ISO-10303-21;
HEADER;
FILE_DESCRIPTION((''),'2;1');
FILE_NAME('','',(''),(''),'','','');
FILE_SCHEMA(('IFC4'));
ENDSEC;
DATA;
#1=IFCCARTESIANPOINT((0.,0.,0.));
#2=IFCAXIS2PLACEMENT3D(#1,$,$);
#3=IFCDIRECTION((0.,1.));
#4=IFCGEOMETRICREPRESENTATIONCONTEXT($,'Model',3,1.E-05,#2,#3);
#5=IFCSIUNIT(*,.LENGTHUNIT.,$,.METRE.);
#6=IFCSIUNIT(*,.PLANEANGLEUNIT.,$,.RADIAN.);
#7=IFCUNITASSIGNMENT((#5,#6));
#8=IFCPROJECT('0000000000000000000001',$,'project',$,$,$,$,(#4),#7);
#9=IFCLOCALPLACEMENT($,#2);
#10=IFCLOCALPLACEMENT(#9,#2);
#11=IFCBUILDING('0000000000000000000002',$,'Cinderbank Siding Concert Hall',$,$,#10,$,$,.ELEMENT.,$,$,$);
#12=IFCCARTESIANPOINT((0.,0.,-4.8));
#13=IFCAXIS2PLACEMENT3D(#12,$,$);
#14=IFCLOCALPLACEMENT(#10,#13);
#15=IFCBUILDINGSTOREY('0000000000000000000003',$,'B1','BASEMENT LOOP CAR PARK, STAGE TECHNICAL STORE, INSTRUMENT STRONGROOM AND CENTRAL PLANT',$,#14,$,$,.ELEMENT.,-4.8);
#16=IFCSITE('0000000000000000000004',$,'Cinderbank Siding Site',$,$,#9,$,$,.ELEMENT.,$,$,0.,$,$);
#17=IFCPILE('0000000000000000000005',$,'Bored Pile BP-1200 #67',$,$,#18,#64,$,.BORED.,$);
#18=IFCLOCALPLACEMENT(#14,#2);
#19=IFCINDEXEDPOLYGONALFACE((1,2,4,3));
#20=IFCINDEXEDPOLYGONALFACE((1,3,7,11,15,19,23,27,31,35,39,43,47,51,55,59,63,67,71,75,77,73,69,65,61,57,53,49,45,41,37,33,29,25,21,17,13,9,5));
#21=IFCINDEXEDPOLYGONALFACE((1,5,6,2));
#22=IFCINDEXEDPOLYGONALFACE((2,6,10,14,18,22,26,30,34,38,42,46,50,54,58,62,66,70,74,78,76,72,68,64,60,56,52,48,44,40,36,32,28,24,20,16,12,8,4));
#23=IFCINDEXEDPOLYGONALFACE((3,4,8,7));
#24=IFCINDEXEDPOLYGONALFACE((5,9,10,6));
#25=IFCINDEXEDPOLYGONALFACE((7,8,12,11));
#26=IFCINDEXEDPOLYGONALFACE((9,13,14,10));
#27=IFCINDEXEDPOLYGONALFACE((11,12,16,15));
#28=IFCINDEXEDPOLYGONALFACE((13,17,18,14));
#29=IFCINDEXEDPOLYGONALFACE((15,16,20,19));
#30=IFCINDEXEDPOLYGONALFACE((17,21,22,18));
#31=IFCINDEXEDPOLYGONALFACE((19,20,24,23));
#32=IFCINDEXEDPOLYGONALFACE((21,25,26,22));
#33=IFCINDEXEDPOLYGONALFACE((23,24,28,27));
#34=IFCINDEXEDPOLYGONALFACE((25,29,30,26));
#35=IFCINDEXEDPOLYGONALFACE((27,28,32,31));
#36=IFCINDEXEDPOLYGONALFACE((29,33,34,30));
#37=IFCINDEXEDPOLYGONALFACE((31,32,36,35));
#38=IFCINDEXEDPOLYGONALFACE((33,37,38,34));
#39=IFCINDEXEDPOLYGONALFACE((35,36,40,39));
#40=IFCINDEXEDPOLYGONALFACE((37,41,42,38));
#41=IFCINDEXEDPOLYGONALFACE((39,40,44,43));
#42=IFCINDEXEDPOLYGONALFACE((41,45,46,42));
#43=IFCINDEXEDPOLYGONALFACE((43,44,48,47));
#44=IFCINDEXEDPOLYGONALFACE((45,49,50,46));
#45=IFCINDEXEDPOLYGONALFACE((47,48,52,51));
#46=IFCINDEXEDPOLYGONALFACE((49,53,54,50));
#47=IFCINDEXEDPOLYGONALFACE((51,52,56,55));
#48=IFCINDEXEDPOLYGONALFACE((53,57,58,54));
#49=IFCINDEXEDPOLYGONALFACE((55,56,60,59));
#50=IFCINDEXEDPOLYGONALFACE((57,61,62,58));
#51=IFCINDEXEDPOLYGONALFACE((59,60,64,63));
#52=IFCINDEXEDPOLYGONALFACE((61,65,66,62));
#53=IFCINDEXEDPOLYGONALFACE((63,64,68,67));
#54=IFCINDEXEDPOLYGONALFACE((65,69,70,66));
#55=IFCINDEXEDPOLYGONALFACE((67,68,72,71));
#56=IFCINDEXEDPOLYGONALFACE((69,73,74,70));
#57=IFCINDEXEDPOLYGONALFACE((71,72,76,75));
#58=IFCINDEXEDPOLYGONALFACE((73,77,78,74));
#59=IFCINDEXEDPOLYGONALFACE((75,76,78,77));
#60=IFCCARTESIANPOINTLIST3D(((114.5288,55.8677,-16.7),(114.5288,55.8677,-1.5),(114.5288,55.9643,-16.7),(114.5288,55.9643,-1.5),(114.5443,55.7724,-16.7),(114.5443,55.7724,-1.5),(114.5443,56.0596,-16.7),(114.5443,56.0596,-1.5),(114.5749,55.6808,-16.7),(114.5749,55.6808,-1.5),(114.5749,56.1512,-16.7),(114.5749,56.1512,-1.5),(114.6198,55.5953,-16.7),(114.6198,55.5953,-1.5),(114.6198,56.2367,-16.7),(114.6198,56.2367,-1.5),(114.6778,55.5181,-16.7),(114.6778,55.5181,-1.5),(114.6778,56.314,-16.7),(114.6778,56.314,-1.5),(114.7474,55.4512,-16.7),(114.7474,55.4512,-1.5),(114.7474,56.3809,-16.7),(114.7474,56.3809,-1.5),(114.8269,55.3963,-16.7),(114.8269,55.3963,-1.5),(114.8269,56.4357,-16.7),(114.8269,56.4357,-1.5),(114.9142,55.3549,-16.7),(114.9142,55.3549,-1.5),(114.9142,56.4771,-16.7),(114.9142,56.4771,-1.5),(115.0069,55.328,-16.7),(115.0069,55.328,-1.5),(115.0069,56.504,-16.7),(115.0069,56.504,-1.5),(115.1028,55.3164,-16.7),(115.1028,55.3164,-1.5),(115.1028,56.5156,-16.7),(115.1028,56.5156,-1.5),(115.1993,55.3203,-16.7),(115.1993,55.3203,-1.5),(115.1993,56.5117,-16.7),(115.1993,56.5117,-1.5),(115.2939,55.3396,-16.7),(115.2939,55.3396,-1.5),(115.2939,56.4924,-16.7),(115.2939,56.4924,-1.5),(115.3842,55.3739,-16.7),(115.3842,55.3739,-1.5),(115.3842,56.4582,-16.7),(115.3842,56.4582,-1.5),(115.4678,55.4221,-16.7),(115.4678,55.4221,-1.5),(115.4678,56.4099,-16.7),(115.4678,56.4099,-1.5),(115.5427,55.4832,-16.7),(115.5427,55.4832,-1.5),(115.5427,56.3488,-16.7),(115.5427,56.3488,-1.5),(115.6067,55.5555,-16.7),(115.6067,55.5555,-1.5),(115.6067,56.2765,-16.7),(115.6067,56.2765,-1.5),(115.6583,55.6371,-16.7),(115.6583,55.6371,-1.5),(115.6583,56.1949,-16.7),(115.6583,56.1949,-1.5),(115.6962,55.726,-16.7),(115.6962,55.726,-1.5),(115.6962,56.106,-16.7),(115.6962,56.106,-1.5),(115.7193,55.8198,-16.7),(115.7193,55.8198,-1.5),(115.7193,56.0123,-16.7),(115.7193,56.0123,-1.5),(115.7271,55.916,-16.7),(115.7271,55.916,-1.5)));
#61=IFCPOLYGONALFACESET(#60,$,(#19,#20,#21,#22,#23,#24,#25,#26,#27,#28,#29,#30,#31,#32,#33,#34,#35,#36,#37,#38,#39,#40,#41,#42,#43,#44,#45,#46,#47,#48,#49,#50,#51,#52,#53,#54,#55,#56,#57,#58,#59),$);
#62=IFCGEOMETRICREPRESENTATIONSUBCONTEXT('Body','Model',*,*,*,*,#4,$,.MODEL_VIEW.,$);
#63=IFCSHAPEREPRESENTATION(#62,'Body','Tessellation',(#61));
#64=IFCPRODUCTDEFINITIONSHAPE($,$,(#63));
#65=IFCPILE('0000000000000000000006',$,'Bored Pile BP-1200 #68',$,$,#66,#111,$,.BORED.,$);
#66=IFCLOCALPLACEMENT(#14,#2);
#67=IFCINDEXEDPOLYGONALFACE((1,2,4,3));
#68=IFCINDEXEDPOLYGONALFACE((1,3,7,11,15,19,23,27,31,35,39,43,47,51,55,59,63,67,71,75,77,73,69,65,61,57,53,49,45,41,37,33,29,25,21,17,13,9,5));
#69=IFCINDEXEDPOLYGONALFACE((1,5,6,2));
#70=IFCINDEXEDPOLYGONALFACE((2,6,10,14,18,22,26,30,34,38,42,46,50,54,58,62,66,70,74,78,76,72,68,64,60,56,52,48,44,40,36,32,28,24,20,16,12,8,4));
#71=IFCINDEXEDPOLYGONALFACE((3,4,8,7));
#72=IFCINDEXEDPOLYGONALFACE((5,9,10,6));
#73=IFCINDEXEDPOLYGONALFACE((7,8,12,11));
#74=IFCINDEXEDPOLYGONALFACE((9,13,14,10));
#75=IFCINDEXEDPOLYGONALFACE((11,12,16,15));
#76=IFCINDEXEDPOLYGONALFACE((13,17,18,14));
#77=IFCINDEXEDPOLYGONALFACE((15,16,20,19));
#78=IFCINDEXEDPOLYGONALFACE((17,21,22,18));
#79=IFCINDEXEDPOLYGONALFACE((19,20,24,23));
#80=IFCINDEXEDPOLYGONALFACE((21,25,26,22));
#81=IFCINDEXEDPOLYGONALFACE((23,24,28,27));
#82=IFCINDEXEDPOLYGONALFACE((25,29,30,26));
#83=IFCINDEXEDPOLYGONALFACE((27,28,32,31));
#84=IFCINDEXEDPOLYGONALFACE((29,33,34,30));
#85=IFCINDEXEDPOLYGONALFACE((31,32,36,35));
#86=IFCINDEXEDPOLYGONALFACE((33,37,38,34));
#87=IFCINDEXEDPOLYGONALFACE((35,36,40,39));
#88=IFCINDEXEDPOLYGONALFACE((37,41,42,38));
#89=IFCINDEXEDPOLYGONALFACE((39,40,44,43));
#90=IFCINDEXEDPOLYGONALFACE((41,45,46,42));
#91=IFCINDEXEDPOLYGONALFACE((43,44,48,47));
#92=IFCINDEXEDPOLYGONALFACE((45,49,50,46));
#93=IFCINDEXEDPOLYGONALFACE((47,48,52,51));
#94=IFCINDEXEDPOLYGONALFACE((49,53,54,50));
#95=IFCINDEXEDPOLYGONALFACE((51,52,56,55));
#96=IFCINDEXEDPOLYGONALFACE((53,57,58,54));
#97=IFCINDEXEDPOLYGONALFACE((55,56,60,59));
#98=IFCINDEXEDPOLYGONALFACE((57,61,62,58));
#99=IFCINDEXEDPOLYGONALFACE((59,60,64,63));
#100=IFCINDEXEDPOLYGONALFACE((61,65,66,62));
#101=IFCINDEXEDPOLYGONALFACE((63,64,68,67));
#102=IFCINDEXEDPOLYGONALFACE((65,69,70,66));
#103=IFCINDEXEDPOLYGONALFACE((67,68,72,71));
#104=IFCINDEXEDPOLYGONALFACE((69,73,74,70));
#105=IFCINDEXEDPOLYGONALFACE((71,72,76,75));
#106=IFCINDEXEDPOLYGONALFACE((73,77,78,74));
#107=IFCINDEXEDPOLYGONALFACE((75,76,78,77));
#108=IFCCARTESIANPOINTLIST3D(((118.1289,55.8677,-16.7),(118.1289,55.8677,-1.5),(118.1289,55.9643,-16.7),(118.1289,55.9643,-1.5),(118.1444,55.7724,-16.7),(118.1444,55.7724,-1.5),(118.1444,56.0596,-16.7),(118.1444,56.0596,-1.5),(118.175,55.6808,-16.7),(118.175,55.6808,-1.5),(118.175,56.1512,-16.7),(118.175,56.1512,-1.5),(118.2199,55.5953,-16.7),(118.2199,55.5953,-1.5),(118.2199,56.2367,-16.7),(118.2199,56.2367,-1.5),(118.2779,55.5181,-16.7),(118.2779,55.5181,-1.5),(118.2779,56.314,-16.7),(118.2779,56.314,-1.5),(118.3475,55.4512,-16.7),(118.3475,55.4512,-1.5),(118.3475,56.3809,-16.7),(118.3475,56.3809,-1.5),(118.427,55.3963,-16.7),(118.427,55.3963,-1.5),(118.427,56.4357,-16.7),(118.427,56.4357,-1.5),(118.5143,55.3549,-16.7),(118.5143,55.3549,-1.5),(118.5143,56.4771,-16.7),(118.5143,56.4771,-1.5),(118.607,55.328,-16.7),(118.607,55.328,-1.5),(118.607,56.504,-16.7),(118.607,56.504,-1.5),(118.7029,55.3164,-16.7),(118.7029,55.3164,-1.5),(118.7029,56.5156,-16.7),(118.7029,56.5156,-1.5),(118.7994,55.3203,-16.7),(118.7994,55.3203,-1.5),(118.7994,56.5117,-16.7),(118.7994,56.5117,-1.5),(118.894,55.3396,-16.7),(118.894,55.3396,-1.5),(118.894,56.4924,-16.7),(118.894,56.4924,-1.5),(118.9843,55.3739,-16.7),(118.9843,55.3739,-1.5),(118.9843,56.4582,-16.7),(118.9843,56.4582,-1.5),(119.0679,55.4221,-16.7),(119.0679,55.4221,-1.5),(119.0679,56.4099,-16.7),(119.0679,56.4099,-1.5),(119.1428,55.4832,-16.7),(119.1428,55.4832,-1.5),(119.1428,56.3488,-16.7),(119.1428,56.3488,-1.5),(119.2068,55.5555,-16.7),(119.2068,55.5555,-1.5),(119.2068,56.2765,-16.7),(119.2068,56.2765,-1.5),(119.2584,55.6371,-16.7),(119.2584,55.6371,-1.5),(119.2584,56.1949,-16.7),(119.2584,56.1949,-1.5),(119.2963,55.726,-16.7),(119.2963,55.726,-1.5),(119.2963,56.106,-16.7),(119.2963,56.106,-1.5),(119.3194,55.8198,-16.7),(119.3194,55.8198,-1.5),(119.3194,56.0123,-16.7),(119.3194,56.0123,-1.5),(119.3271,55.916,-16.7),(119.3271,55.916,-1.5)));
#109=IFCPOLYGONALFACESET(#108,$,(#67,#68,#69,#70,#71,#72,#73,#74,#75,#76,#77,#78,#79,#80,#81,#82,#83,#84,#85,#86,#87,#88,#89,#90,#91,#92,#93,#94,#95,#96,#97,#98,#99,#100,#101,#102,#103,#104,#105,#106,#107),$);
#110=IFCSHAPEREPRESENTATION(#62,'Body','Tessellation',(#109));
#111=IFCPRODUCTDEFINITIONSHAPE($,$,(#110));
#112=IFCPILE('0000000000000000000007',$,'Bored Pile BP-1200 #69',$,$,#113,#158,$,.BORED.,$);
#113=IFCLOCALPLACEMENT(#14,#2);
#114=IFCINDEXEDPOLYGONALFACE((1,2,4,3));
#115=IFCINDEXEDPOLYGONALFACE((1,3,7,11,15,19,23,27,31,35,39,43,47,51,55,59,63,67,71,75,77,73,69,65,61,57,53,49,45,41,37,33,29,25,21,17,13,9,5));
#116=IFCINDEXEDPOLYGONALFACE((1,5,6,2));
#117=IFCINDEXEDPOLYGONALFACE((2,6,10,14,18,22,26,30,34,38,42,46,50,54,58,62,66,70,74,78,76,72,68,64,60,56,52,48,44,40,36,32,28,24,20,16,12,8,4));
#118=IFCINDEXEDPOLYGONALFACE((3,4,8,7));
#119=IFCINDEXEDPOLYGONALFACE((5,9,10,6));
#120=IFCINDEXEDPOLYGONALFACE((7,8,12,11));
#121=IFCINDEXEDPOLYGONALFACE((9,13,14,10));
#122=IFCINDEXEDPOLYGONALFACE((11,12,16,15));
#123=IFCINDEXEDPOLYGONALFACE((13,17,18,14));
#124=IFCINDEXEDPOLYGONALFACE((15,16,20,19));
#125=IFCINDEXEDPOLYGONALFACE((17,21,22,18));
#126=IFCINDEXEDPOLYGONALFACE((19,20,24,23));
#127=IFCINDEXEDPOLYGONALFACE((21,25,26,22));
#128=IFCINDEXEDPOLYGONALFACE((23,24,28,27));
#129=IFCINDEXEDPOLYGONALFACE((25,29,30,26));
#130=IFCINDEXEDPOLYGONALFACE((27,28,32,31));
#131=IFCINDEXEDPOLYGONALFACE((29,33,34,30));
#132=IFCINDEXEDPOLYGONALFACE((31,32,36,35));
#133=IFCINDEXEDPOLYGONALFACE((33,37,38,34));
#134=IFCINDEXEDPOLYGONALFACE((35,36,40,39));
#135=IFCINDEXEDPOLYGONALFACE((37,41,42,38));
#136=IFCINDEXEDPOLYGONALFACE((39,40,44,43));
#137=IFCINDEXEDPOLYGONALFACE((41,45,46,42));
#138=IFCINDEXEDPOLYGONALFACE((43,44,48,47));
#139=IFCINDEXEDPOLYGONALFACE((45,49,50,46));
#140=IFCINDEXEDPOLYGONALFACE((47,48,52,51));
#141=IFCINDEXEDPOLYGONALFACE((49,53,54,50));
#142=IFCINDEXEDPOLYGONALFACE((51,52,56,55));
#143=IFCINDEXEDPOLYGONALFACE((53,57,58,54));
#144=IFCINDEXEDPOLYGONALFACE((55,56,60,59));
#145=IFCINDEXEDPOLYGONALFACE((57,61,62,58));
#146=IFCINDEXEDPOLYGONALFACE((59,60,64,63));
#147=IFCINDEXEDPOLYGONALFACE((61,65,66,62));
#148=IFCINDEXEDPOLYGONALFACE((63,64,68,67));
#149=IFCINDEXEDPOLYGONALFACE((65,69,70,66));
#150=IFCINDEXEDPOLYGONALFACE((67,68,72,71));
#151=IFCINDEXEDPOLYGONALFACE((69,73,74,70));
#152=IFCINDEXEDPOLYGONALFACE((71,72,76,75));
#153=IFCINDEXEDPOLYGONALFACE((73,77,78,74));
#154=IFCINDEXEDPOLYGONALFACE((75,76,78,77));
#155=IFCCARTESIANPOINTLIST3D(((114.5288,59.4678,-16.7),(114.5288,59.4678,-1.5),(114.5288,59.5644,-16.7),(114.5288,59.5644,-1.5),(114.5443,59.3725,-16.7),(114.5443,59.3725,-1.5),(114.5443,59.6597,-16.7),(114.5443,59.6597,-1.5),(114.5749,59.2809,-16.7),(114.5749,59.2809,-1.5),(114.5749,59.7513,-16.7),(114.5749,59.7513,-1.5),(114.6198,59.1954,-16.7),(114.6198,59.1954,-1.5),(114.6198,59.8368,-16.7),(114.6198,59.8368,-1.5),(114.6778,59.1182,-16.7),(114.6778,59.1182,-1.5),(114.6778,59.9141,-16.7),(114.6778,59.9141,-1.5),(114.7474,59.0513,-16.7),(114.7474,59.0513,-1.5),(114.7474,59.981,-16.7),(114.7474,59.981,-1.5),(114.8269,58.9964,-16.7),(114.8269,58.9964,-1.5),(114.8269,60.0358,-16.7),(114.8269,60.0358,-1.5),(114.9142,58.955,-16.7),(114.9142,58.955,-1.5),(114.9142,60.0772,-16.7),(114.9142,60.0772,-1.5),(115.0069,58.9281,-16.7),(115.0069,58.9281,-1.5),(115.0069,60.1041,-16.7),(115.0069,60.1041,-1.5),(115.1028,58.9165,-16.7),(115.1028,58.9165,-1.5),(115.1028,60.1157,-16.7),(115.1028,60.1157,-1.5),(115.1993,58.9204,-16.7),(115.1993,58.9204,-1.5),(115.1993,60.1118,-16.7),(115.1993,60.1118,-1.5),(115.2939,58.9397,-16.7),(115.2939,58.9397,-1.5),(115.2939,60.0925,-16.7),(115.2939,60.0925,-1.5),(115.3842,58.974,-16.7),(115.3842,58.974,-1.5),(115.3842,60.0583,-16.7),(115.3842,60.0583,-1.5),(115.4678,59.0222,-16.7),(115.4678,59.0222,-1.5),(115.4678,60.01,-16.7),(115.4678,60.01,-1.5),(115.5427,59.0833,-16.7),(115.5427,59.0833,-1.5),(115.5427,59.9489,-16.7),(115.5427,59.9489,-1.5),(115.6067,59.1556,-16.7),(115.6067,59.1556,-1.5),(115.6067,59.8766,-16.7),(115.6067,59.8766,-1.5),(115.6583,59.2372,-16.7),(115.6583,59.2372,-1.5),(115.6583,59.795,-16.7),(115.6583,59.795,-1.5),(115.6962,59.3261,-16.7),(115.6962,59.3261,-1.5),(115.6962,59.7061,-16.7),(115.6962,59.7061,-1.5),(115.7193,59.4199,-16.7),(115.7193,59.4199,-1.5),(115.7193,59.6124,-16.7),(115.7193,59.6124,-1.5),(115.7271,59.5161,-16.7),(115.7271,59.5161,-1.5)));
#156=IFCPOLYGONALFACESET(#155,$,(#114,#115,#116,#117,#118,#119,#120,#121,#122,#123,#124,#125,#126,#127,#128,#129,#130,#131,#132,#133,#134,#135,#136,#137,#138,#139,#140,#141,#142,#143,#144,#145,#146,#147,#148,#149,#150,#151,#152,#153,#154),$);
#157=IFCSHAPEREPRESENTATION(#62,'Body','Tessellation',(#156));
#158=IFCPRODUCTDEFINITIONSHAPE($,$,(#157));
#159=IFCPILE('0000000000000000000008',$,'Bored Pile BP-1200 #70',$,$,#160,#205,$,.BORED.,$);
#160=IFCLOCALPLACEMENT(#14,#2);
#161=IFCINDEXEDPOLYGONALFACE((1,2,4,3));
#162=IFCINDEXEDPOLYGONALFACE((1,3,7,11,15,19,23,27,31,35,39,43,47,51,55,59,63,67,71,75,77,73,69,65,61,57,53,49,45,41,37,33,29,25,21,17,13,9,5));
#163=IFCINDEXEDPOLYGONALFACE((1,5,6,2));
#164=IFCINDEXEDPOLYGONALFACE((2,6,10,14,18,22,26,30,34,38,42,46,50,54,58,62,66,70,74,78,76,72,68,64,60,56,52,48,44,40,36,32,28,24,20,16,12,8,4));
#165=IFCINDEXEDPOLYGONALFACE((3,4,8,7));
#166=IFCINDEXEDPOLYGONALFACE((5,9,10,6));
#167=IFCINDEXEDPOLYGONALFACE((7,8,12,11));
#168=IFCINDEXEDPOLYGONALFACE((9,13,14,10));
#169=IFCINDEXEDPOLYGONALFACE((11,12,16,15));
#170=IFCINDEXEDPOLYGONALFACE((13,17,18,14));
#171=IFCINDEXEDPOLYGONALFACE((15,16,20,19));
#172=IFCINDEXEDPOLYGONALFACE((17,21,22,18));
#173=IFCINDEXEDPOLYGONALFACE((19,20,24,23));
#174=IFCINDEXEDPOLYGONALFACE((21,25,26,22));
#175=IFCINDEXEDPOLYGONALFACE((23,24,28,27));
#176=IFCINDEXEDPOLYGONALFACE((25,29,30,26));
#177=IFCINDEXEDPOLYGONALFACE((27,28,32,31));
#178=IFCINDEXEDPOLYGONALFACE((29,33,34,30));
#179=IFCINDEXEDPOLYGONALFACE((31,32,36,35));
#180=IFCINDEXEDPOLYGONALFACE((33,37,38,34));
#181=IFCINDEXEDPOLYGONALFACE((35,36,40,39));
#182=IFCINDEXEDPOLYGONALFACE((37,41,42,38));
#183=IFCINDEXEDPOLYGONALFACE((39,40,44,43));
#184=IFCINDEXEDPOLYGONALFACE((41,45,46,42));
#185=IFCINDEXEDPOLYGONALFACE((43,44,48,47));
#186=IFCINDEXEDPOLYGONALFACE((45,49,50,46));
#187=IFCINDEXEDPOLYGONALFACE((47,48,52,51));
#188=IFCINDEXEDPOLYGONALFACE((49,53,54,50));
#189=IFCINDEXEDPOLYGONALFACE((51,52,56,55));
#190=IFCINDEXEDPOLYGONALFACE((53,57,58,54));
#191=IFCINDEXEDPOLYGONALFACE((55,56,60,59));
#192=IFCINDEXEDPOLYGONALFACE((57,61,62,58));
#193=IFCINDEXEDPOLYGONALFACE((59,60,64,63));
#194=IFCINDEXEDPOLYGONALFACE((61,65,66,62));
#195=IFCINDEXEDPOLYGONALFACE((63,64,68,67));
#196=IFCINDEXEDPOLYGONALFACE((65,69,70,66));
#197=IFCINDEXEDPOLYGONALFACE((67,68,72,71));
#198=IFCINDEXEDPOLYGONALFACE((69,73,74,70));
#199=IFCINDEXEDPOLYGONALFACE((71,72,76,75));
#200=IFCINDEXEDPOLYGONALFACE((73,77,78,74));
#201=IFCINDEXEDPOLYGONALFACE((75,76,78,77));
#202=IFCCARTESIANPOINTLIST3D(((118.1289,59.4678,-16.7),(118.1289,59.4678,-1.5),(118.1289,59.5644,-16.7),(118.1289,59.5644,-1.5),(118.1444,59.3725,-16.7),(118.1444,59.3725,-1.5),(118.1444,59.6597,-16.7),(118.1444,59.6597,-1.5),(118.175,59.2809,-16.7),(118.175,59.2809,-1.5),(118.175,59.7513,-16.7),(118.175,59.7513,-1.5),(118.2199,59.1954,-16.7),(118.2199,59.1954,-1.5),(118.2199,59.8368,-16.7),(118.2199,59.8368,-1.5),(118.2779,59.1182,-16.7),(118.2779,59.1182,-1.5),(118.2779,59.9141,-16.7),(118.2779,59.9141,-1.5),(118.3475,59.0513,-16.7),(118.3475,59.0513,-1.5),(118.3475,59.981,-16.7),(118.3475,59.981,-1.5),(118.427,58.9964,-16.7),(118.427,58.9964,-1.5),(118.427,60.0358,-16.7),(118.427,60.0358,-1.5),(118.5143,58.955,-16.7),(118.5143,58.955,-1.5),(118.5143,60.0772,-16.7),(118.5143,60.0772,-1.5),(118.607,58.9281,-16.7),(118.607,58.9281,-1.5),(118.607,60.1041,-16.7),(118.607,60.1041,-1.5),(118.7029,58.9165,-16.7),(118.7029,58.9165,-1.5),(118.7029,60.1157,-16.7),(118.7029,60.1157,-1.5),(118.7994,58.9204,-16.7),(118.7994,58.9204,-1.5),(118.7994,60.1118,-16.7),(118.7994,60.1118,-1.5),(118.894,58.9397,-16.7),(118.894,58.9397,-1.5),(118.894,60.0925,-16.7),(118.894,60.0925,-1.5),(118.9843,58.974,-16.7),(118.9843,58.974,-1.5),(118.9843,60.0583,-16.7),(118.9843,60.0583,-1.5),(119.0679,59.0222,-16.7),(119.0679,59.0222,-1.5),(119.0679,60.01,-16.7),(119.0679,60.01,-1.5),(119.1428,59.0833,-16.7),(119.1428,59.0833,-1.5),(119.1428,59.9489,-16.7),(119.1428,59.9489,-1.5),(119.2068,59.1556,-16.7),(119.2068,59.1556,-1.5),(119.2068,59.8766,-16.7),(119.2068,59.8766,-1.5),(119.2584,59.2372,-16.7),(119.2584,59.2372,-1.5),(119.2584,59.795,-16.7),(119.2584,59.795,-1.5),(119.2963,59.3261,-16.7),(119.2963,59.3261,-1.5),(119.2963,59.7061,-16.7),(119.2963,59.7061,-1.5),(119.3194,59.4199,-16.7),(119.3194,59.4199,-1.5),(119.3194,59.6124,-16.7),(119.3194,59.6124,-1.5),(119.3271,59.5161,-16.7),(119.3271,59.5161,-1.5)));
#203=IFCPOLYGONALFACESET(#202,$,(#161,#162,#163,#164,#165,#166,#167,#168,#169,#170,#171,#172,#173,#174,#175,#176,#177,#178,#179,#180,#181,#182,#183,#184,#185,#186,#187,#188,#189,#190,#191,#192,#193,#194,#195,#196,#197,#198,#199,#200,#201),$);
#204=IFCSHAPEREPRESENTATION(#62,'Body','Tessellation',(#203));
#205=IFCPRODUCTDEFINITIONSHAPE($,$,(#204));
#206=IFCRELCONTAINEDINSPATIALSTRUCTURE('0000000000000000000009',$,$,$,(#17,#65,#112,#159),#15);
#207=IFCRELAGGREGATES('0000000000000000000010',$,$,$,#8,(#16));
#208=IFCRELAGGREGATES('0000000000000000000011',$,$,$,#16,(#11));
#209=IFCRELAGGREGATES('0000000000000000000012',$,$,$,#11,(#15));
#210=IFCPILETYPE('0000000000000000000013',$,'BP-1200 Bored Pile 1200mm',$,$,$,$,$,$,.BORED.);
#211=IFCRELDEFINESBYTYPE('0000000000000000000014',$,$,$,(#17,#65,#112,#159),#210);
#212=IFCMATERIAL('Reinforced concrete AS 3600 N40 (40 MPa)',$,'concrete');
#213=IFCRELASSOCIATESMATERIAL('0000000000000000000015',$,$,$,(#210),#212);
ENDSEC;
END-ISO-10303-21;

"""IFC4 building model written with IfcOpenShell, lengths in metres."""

from ifc_helpers import new_model, si_unit, direction, frame, origin, origin_2d, place, context, subcontext, project, spatial, circle, extrude, material, material_profile, profile_set, type_object, element, save


model = new_model("IFC4")

# Units and contexts
model_context = context("Model", 3, precision=1e-05, world=origin(), true_north=direction((0.0, 1.0)))
body_context = subcontext(model_context, "Body", "Model", "MODEL_VIEW")
ifc_project = project(units=[si_unit("LENGTHUNIT", "METRE"), si_unit("PLANEANGLEUNIT", "RADIAN")], contexts=[model_context])

# Site, building, storey
site_placement = place(None, origin())
site = spatial("IfcSite", under=ifc_project, at=site_placement, Name="Cinderbank Siding Site", CompositionType="ELEMENT", RefElevation=0.0)
building_placement = place(site_placement, origin())
building = spatial("IfcBuilding", under=site, at=building_placement, Name="Cinderbank Siding Concert Hall", CompositionType="ELEMENT")
storey_placement = place(building_placement, frame((0.0, 0.0, -4.8)))
storey = spatial("IfcBuildingStorey", under=building, at=storey_placement, Name="B1", Description="BASEMENT LOOP CAR PARK, STAGE TECHNICAL STORE, INSTRUMENT STRONGROOM AND CENTRAL PLANT", CompositionType="ELEMENT", Elevation=-4.8)

# Piles
ifc_material_1 = material(Name="Reinforced concrete AS 3600 N40 (40 MPa)", Category="concrete")
ifc_material_profile_1 = material_profile(ifc_material_1, circle(Radius=0.6001, at=origin_2d()), Name="PILE-1200DIA", Category="LoadBearing")
ifc_profile_set_1 = profile_set([ifc_material_profile_1], Name="Reinforced concrete AS 3600 N40 (40 MPa)")
pile_type = type_object("IfcPileType", Name="BP-1200 Bored Pile 1200mm", PredefinedType="BORED", material=ifc_profile_set_1)
for number, where, z_axis, x_axis, name in (
    (1, (115.127, 55.916, -1.5), (0.0, 0.0, -1.0), (1.0, 0.0, 0.0), "Bored Pile BP-1200 #67"),
    (2, (118.7271, 55.916, -1.5), (0.0, 0.0, -1.0), (1.0, 0.0, 0.0), "Bored Pile BP-1200 #68"),
    (3, (115.127, 59.5161, -1.5), (0.0, 0.0, -1.0), (1.0, 0.0, 0.0), "Bored Pile BP-1200 #69"),
    (4, (118.7271, 59.5161, -1.5), (0.0, 0.0, -1.0), (1.0, 0.0, 0.0), "Bored Pile BP-1200 #70"),
):
    element("IfcPile", number, at=place(storey_placement, frame(where, z_axis=z_axis, x_axis=x_axis)), inside=storey, type_object=pile_type, Name=name, PredefinedType="BORED", context=body_context, shape_type="SweptSolid", body=[
        extrude(circle(Radius=0.6001, at=origin_2d()), origin(), (0.0, 0.0, 1.0), 15.2),
    ])

save(model, "model.ifc")
